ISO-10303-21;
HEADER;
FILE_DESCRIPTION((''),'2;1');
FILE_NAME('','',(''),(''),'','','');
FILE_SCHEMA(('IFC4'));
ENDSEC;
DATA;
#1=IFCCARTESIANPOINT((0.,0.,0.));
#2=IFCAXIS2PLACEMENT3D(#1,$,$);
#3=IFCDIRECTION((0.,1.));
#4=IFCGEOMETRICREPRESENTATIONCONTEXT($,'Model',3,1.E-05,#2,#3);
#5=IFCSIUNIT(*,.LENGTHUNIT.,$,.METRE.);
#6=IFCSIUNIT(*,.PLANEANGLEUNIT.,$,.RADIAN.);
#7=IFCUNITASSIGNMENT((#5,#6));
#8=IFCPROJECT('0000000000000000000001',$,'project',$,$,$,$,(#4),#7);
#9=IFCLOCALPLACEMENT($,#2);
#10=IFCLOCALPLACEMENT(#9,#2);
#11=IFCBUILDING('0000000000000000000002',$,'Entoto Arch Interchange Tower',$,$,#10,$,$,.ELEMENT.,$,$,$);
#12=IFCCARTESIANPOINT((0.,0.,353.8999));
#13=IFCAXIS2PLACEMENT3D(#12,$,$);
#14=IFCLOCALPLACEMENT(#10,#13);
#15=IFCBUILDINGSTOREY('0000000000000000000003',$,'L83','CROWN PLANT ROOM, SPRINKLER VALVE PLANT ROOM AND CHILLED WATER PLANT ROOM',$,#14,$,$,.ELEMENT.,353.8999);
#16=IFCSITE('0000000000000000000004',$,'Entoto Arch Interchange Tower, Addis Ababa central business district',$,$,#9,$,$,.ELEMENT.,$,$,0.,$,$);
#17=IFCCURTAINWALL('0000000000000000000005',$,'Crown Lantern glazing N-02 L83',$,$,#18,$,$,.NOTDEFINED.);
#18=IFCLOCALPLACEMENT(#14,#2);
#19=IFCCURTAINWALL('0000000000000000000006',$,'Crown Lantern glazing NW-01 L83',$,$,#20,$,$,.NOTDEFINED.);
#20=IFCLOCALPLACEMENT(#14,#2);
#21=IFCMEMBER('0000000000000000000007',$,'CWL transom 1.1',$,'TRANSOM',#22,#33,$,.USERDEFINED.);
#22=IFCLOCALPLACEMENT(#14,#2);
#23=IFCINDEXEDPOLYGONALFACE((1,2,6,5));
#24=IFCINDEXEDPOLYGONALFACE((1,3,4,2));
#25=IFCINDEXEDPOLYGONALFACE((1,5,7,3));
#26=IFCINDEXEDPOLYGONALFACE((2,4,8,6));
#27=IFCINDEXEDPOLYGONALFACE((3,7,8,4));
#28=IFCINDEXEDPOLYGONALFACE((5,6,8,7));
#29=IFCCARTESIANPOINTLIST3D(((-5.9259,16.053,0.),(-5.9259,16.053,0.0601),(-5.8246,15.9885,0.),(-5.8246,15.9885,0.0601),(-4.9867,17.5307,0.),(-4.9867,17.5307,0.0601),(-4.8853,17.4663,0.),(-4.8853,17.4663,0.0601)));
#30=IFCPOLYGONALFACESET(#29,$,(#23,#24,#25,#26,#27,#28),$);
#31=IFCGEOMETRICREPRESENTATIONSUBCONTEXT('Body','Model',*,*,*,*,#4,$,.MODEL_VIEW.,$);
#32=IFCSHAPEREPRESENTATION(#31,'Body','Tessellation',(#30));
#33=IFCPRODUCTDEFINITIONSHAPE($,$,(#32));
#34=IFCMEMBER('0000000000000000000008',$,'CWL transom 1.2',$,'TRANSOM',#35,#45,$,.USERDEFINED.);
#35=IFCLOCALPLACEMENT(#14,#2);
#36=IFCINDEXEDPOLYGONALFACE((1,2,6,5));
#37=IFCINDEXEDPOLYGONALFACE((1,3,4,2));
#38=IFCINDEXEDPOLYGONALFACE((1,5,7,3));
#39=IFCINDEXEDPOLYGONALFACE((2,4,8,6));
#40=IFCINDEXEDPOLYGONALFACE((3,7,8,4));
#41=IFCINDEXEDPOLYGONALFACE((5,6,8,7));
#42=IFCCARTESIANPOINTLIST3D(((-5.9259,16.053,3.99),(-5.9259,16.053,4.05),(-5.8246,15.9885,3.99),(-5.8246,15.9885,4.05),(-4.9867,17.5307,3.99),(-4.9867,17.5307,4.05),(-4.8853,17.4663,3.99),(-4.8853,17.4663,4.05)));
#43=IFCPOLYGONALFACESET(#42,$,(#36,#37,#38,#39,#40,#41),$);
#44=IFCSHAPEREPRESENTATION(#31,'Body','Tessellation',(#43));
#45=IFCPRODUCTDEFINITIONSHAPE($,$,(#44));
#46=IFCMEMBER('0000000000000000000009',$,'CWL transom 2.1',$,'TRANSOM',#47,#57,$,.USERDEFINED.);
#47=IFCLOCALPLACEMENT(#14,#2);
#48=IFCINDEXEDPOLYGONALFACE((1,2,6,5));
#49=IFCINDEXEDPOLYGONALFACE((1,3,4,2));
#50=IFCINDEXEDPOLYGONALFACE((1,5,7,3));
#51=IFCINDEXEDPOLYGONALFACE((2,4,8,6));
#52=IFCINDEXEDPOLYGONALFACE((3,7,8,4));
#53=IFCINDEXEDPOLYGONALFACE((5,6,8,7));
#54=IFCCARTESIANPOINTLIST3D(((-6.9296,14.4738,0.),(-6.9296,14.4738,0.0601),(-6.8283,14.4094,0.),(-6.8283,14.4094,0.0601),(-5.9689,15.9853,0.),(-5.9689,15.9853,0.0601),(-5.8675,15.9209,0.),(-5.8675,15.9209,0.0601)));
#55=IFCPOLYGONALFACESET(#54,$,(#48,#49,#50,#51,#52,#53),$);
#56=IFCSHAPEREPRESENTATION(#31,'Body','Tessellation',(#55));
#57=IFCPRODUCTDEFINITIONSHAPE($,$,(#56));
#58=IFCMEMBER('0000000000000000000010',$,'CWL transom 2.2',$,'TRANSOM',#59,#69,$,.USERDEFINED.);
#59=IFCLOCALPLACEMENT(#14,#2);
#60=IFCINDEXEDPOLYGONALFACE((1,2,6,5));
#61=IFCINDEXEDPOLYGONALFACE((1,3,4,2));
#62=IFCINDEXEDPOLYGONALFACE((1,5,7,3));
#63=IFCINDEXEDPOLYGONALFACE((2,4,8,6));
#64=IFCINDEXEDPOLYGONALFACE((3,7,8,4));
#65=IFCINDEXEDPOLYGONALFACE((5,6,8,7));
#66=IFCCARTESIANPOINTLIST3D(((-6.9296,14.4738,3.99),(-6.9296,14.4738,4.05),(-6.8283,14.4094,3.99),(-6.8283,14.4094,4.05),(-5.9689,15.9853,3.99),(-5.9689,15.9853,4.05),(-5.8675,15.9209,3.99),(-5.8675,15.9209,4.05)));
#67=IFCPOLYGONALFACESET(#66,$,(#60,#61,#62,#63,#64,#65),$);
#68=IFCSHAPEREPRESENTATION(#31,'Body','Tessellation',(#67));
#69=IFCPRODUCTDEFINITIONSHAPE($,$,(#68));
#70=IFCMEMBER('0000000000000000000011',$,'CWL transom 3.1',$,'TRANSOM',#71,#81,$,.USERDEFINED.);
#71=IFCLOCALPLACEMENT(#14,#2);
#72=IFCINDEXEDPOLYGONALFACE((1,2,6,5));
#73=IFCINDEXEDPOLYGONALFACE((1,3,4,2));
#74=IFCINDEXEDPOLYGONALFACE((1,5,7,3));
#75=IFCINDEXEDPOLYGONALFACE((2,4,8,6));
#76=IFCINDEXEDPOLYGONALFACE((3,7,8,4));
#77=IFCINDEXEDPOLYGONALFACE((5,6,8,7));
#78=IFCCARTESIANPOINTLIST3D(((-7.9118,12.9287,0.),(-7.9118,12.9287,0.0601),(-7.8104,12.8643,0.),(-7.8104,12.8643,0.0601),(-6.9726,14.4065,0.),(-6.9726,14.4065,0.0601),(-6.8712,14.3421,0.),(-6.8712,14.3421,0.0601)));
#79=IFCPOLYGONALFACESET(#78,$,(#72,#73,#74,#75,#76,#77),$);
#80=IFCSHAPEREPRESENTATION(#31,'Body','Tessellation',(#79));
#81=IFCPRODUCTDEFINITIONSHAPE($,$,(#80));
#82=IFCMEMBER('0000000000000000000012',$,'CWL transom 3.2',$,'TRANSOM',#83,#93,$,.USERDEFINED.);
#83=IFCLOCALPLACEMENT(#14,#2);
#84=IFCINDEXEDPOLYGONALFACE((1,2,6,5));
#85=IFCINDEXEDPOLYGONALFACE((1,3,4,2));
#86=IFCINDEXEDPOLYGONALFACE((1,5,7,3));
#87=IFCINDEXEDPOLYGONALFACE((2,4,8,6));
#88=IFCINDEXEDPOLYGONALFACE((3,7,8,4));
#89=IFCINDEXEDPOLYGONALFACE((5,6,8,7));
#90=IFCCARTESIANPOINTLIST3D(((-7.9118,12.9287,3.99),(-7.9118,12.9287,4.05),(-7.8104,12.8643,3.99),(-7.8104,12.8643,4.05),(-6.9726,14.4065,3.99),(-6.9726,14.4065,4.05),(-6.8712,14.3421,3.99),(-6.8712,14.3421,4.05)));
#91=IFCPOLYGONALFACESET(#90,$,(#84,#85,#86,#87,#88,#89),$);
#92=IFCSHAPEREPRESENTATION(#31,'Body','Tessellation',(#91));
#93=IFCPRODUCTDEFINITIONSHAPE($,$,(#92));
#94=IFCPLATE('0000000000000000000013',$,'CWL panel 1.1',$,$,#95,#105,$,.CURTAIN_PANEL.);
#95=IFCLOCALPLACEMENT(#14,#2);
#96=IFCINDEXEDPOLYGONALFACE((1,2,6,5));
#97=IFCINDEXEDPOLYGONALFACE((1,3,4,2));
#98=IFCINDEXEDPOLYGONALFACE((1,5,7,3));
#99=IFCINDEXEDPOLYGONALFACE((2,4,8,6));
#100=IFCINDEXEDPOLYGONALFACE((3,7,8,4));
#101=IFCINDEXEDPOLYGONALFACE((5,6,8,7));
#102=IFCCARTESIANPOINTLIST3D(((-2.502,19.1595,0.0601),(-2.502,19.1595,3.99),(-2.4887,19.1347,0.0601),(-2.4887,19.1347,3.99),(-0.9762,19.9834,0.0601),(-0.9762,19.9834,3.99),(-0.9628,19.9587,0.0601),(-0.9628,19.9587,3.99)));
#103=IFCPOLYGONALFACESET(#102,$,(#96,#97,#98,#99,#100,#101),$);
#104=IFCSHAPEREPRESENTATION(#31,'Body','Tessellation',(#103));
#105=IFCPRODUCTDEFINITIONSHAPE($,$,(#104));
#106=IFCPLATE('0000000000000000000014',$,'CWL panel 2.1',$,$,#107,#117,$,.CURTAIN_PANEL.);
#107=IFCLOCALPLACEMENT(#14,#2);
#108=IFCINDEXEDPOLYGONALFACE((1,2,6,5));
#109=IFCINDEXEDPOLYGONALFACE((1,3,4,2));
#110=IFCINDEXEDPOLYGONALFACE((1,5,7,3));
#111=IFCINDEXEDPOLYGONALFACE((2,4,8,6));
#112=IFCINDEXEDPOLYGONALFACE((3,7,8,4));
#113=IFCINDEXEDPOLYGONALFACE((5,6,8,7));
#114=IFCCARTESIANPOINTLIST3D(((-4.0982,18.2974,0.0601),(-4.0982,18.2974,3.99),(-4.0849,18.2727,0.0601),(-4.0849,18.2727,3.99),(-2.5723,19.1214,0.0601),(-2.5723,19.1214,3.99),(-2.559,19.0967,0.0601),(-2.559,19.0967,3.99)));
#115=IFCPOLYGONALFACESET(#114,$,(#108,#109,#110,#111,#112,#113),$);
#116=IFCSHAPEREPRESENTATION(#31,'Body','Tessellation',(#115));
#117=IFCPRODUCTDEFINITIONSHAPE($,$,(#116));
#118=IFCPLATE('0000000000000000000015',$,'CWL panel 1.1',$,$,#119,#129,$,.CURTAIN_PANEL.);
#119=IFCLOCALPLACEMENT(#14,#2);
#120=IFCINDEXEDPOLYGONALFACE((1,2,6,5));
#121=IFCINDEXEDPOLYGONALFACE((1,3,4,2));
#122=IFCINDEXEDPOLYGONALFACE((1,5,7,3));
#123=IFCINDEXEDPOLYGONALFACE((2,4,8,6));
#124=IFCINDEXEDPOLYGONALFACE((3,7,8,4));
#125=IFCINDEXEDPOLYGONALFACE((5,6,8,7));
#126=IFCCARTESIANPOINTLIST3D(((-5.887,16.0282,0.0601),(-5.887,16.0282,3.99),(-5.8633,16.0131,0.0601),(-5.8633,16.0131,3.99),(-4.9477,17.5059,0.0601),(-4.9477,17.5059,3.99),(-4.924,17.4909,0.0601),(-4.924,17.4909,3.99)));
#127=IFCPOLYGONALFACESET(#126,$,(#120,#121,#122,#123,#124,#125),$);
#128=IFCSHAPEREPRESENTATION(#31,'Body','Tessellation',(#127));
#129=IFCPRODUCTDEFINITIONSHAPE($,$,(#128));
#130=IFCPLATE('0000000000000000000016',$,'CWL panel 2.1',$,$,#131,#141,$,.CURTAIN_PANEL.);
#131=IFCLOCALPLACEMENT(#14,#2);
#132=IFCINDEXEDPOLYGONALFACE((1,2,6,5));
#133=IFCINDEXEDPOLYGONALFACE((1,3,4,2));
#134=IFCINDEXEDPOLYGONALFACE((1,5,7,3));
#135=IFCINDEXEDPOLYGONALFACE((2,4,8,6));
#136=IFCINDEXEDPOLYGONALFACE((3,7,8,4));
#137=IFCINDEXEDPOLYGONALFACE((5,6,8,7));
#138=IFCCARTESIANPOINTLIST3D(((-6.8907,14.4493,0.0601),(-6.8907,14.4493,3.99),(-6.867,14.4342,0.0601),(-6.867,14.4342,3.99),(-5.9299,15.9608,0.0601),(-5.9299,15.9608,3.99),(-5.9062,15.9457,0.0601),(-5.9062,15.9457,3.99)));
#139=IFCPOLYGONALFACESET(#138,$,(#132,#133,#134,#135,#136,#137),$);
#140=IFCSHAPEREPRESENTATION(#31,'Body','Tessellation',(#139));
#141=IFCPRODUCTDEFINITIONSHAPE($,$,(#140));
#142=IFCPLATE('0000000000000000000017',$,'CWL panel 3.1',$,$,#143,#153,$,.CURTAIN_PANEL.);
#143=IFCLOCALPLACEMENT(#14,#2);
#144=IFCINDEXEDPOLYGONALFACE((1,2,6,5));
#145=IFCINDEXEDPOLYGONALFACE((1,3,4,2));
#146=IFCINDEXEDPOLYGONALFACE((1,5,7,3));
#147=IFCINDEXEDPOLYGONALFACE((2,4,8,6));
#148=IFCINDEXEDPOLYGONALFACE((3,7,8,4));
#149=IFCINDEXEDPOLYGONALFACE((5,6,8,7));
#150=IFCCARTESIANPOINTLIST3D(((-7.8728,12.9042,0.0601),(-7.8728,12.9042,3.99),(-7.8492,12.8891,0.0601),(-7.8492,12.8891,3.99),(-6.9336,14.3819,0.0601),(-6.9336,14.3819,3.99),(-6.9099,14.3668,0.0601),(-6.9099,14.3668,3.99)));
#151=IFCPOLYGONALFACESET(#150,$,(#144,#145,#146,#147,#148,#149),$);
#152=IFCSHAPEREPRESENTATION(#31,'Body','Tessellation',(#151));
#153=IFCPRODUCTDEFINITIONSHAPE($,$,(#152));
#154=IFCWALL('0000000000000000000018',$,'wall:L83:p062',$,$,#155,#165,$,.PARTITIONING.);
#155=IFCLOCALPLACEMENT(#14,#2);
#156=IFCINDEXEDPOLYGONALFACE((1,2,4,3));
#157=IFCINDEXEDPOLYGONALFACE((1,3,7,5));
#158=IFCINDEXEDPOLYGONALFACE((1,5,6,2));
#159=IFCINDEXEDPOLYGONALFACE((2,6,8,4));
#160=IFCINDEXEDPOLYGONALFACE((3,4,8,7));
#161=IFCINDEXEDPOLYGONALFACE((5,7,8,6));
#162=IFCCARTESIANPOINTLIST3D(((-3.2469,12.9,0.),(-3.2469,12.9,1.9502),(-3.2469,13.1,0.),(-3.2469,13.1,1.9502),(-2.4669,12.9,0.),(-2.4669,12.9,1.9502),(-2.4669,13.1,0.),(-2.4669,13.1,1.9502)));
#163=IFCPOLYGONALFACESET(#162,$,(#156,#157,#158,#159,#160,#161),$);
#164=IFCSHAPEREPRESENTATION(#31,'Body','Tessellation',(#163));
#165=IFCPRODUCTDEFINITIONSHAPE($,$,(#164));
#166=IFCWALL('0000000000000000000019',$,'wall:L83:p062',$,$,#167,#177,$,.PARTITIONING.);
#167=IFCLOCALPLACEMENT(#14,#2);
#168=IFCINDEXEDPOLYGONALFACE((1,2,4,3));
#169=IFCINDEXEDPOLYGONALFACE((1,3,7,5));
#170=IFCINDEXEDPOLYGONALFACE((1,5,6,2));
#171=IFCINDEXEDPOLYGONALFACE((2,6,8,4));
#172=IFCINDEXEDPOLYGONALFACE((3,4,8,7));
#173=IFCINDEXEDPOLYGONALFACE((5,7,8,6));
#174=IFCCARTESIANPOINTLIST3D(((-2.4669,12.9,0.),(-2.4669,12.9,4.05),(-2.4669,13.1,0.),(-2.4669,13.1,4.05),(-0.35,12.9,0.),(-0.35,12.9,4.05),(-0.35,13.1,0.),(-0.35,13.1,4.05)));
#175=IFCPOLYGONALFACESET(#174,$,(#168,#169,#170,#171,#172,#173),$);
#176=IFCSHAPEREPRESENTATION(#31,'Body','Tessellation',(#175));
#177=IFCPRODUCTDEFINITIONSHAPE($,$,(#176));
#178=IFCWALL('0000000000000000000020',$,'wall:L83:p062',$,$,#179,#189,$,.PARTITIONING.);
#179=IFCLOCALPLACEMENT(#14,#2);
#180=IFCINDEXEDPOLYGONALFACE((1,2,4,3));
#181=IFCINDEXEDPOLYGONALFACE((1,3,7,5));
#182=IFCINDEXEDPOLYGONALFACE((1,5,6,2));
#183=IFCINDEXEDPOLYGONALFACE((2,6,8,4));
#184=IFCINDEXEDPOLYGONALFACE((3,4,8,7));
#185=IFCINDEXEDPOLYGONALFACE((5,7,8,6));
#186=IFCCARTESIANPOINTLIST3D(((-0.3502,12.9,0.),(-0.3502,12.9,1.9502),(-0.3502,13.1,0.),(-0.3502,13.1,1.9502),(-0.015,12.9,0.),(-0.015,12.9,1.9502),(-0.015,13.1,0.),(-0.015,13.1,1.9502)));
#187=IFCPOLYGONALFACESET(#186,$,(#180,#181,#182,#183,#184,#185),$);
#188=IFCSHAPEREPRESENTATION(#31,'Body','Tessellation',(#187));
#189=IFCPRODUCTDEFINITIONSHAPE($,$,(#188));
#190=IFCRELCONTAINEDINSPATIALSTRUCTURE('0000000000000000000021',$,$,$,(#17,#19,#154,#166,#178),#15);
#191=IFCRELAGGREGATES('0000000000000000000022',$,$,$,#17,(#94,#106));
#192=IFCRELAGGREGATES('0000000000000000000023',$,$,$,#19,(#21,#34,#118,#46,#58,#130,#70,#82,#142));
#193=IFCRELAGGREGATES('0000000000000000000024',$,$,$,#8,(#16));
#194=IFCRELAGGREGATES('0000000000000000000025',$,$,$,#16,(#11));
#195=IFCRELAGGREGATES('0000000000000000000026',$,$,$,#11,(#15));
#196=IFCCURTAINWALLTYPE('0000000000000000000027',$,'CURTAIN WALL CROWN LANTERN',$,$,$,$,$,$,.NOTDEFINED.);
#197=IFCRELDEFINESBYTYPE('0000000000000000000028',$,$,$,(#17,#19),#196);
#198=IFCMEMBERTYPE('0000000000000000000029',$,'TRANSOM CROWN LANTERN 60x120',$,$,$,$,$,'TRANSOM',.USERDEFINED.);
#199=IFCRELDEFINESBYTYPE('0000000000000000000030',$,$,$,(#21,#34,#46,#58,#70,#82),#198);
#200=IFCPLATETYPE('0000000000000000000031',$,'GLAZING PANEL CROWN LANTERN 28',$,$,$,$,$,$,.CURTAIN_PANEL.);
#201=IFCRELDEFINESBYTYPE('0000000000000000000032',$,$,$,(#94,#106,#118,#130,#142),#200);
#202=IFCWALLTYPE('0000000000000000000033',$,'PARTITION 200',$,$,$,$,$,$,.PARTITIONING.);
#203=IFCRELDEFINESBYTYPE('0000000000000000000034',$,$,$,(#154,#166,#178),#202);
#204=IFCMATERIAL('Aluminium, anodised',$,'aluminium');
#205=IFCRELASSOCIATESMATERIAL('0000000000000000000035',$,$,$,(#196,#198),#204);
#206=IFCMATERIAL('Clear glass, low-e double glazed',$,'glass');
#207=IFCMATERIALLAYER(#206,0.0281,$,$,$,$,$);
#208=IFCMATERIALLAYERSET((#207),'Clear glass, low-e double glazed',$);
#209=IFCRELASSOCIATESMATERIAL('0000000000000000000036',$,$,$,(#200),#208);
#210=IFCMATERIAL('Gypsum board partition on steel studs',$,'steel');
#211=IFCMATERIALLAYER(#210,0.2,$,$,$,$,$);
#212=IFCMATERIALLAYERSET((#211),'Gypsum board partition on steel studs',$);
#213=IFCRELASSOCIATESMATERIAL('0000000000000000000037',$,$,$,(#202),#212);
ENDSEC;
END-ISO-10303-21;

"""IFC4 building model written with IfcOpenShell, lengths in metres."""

from ifc_helpers import new_model, si_unit, direction, frame, frame_2d, origin, origin_2d, place, context, subcontext, project, spatial, rectangle, extrude, material, layer, layer_set, material_profile, profile_set, type_object, element, aggregate, save


model = new_model("IFC4")

# Units and contexts
model_context = context("Model", 3, precision=1e-05, world=origin(), true_north=direction((0.0, 1.0)))
body_context = subcontext(model_context, "Body", "Model", "MODEL_VIEW")
ifc_project = project(units=[si_unit("LENGTHUNIT", "METRE"), si_unit("PLANEANGLEUNIT", "RADIAN")], contexts=[model_context])

# Site, building, storey
site_placement = place(None, origin())
site = spatial("IfcSite", under=ifc_project, at=site_placement, Name="Entoto Arch Interchange Tower, Addis Ababa central business district", CompositionType="ELEMENT", RefElevation=0.0)
building_placement = place(site_placement, origin())
building = spatial("IfcBuilding", under=site, at=building_placement, Name="Entoto Arch Interchange Tower", CompositionType="ELEMENT")
storey_placement = place(building_placement, frame((0.0, 0.0, 353.8999)))
storey = spatial("IfcBuildingStorey", under=building, at=storey_placement, Name="L83", Description="CROWN PLANT ROOM, SPRINKLER VALVE PLANT ROOM AND CHILLED WATER PLANT ROOM", CompositionType="ELEMENT", Elevation=353.8999)

# Curtain walls
ifc_material_1 = material(Name="Aluminium, anodised", Category="aluminium")
curtain_wall_type = type_object("IfcCurtainWallType", Name="CURTAIN WALL CROWN LANTERN", PredefinedType="NOTDEFINED", material=ifc_material_1)
curtain_wall_1_placement = place(storey_placement, origin())
curtain_wall_1 = element("IfcCurtainWall", 1, at=curtain_wall_1_placement, inside=storey, type_object=curtain_wall_type, Name="Crown Lantern glazing N-02 L83", PredefinedType="NOTDEFINED")
curtain_wall_2_placement = place(storey_placement, origin())
curtain_wall_2 = element("IfcCurtainWall", 2, at=curtain_wall_2_placement, inside=storey, type_object=curtain_wall_type, Name="Crown Lantern glazing NW-01 L83", PredefinedType="NOTDEFINED")

# Members
ifc_material_profile_1 = material_profile(ifc_material_1, rectangle(XDim=0.1201, YDim=0.0601, at=origin_2d()))
ifc_profile_set_1 = profile_set([ifc_material_profile_1], Name="Aluminium, anodised")
member_type_1 = type_object("IfcMemberType", Name="TRANSOM CROWN LANTERN 60x120", ElementType="TRANSOM", PredefinedType="USERDEFINED", material=ifc_profile_set_1)
member_1_placement = place(storey_placement, frame((-4.936, 17.4985, 0.03), z_axis=(-0.536388, -0.843971, 0.0), x_axis=(0.843971, -0.536388, 0.0)))
member_1 = element("IfcMember", 3, at=member_1_placement, type_object=member_type_1, Name="CWL transom 1.1", ObjectType="TRANSOM", PredefinedType="USERDEFINED", context=body_context, shape_type="SweptSolid", body=[
    extrude(rectangle(XDim=0.1201, YDim=0.0601, at=origin_2d()), origin(), (0.0, 0.0, 1.0), 1.751),
])
member_2_placement = place(storey_placement, frame((-4.936, 17.4985, 4.02), z_axis=(-0.536388, -0.843971, 0.0), x_axis=(0.843971, -0.536388, 0.0)))
member_2 = element("IfcMember", 4, at=member_2_placement, type_object=member_type_1, Name="CWL transom 1.2", ObjectType="TRANSOM", PredefinedType="USERDEFINED", context=body_context, shape_type="SweptSolid", body=[
    extrude(rectangle(XDim=0.1201, YDim=0.0601, at=origin_2d()), origin(), (0.0, 0.0, 1.0), 1.751),
])
member_3_placement = place(storey_placement, frame((-5.9182, 15.9531, 0.03), z_axis=(-0.536417, -0.843953, 0.0), x_axis=(0.843953, -0.536417, 0.0)))
member_3 = element("IfcMember", 5, at=member_3_placement, type_object=member_type_1, Name="CWL transom 2.1", ObjectType="TRANSOM", PredefinedType="USERDEFINED", context=body_context, shape_type="SweptSolid", body=[
    extrude(rectangle(XDim=0.1201, YDim=0.0601, at=origin_2d()), origin(), (0.0, 0.0, 1.0), 1.791),
])
member_4_placement = place(storey_placement, frame((-5.9182, 15.9531, 4.02), z_axis=(-0.536417, -0.843953, 0.0), x_axis=(0.843953, -0.536417, 0.0)))
member_4 = element("IfcMember", 6, at=member_4_placement, type_object=member_type_1, Name="CWL transom 2.2", ObjectType="TRANSOM", PredefinedType="USERDEFINED", context=body_context, shape_type="SweptSolid", body=[
    extrude(rectangle(XDim=0.1201, YDim=0.0601, at=origin_2d()), origin(), (0.0, 0.0, 1.0), 1.791),
])
member_5_placement = place(storey_placement, frame((-6.9219, 14.3743, 0.03), z_axis=(-0.536388, -0.843971, 0.0), x_axis=(0.843971, -0.536388, 0.0)))
member_5 = element("IfcMember", 7, at=member_5_placement, type_object=member_type_1, Name="CWL transom 3.1", ObjectType="TRANSOM", PredefinedType="USERDEFINED", context=body_context, shape_type="SweptSolid", body=[
    extrude(rectangle(XDim=0.1201, YDim=0.0601, at=origin_2d()), origin(), (0.0, 0.0, 1.0), 1.751),
])
member_6_placement = place(storey_placement, frame((-6.9219, 14.3743, 4.02), z_axis=(-0.536388, -0.843971, 0.0), x_axis=(0.843971, -0.536388, 0.0)))
member_6 = element("IfcMember", 8, at=member_6_placement, type_object=member_type_1, Name="CWL transom 3.2", ObjectType="TRANSOM", PredefinedType="USERDEFINED", context=body_context, shape_type="SweptSolid", body=[
    extrude(rectangle(XDim=0.1201, YDim=0.0601, at=origin_2d()), origin(), (0.0, 0.0, 1.0), 1.751),
])

# Plates
ifc_material_2 = material(Name="Clear glass, low-e double glazed", Category="glass")
ifc_layer_1 = layer(ifc_material_2, 0.0281)
ifc_layer_set_1 = layer_set([ifc_layer_1], Name="Clear glass, low-e double glazed")
plate_type = type_object("IfcPlateType", Name="GLAZING PANEL CROWN LANTERN 28", PredefinedType="CURTAIN_PANEL", material=ifc_layer_set_1)
plate_1_placement = place(storey_placement, frame((-1.7324, 19.5591, 0.0601), z_axis=(0.0, 0.0, 1.0), x_axis=(-0.879908, -0.475145, 0.0)))
plate_1 = element("IfcPlate", 9, at=plate_1_placement, type_object=plate_type, Name="CWL panel 1.1", PredefinedType="CURTAIN_PANEL", context=body_context, shape_type="SweptSolid", body=[
    extrude(rectangle(XDim=1.7341, YDim=0.0281, at=origin_2d()), origin(), (0.0, 0.0, 1.0), 3.9299),
])
plate_2_placement = place(storey_placement, frame((-3.3286, 18.697, 0.0601), z_axis=(0.0, 0.0, 1.0), x_axis=(-0.879908, -0.475145, 0.0)))
plate_2 = element("IfcPlate", 10, at=plate_2_placement, type_object=plate_type, Name="CWL panel 2.1", PredefinedType="CURTAIN_PANEL", context=body_context, shape_type="SweptSolid", body=[
    extrude(rectangle(XDim=1.7341, YDim=0.0281, at=origin_2d()), origin(), (0.0, 0.0, 1.0), 3.9299),
])
aggregate(curtain_wall_1, [plate_1, plate_2])
plate_3_placement = place(storey_placement, frame((-5.4055, 16.7595, 0.0601), z_axis=(0.0, 0.0, 1.0), x_axis=(-0.536437, -0.84394, 0.0)))
plate_3 = element("IfcPlate", 11, at=plate_3_placement, type_object=plate_type, Name="CWL panel 1.1", PredefinedType="CURTAIN_PANEL", context=body_context, shape_type="SweptSolid", body=[
    extrude(rectangle(XDim=1.751, YDim=0.0281, at=origin_2d()), origin(), (0.0, 0.0, 1.0), 3.9299),
])
plate_4_placement = place(storey_placement, frame((-6.3984, 15.1975, 0.0601), z_axis=(0.0, 0.0, 1.0), x_axis=(-0.536437, -0.84394, 0.0)))
plate_4 = element("IfcPlate", 12, at=plate_4_placement, type_object=plate_type, Name="CWL panel 2.1", PredefinedType="CURTAIN_PANEL", context=body_context, shape_type="SweptSolid", body=[
    extrude(rectangle(XDim=1.791, YDim=0.0281, at=origin_2d()), origin(), (0.0, 0.0, 1.0), 3.9299),
])
plate_5_placement = place(storey_placement, frame((-7.3914, 13.6355, 0.0601), z_axis=(0.0, 0.0, 1.0), x_axis=(-0.536437, -0.84394, 0.0)))
plate_5 = element("IfcPlate", 13, at=plate_5_placement, type_object=plate_type, Name="CWL panel 3.1", PredefinedType="CURTAIN_PANEL", context=body_context, shape_type="SweptSolid", body=[
    extrude(rectangle(XDim=1.751, YDim=0.0281, at=origin_2d()), origin(), (0.0, 0.0, 1.0), 3.9299),
])
aggregate(curtain_wall_2, [member_1, member_2, plate_3, member_3, member_4, plate_4, member_5, member_6, plate_5])

# Walls
ifc_material_3 = material(Name="Gypsum board partition on steel studs", Category="steel")
ifc_layer_2 = layer(ifc_material_3, 0.2)
ifc_layer_set_2 = layer_set([ifc_layer_2], Name="Gypsum board partition on steel studs")
wall_type_1 = type_object("IfcWallType", Name="PARTITION 200", PredefinedType="PARTITIONING", material=ifc_layer_set_2)
wall_1_placement = place(storey_placement, frame((-3.2471, 13.0, 0.0), z_axis=(0.0, 0.0, 1.0), x_axis=(1.0, 0.0, 0.0)))
element("IfcWall", 14, at=wall_1_placement, inside=storey, type_object=wall_type_1, Name="wall:L83:p062", PredefinedType="PARTITIONING", context=body_context, shape_type="SweptSolid", body=[
    extrude(rectangle(XDim=0.78, YDim=0.2, at=frame_2d((0.3901, 0.0))), origin(), (0.0, 0.0, 1.0), 1.9502),
])
wall_2_placement = place(storey_placement, frame((-2.467, 13.0, 0.0), z_axis=(0.0, 0.0, 1.0), x_axis=(1.0, 0.0, 0.0)))
element("IfcWall", 15, at=wall_2_placement, inside=storey, type_object=wall_type_1, Name="wall:L83:p062", PredefinedType="PARTITIONING", context=body_context, shape_type="SweptSolid", body=[
    extrude(rectangle(XDim=2.1169, YDim=0.2, at=frame_2d((1.0586, 0.0))), origin(), (0.0, 0.0, 1.0), 4.05),
])
wall_3_placement = place(storey_placement, frame((-0.3501, 13.0, 0.0), z_axis=(0.0, 0.0, 1.0), x_axis=(1.0, 0.0, 0.0)))
element("IfcWall", 16, at=wall_3_placement, inside=storey, type_object=wall_type_1, Name="wall:L83:p062", PredefinedType="PARTITIONING", context=body_context, shape_type="SweptSolid", body=[
    extrude(rectangle(XDim=0.3352, YDim=0.2, at=frame_2d((0.1675, 0.0))), origin(), (0.0, 0.0, 1.0), 1.9502),
])

save(model, "model.ifc")
